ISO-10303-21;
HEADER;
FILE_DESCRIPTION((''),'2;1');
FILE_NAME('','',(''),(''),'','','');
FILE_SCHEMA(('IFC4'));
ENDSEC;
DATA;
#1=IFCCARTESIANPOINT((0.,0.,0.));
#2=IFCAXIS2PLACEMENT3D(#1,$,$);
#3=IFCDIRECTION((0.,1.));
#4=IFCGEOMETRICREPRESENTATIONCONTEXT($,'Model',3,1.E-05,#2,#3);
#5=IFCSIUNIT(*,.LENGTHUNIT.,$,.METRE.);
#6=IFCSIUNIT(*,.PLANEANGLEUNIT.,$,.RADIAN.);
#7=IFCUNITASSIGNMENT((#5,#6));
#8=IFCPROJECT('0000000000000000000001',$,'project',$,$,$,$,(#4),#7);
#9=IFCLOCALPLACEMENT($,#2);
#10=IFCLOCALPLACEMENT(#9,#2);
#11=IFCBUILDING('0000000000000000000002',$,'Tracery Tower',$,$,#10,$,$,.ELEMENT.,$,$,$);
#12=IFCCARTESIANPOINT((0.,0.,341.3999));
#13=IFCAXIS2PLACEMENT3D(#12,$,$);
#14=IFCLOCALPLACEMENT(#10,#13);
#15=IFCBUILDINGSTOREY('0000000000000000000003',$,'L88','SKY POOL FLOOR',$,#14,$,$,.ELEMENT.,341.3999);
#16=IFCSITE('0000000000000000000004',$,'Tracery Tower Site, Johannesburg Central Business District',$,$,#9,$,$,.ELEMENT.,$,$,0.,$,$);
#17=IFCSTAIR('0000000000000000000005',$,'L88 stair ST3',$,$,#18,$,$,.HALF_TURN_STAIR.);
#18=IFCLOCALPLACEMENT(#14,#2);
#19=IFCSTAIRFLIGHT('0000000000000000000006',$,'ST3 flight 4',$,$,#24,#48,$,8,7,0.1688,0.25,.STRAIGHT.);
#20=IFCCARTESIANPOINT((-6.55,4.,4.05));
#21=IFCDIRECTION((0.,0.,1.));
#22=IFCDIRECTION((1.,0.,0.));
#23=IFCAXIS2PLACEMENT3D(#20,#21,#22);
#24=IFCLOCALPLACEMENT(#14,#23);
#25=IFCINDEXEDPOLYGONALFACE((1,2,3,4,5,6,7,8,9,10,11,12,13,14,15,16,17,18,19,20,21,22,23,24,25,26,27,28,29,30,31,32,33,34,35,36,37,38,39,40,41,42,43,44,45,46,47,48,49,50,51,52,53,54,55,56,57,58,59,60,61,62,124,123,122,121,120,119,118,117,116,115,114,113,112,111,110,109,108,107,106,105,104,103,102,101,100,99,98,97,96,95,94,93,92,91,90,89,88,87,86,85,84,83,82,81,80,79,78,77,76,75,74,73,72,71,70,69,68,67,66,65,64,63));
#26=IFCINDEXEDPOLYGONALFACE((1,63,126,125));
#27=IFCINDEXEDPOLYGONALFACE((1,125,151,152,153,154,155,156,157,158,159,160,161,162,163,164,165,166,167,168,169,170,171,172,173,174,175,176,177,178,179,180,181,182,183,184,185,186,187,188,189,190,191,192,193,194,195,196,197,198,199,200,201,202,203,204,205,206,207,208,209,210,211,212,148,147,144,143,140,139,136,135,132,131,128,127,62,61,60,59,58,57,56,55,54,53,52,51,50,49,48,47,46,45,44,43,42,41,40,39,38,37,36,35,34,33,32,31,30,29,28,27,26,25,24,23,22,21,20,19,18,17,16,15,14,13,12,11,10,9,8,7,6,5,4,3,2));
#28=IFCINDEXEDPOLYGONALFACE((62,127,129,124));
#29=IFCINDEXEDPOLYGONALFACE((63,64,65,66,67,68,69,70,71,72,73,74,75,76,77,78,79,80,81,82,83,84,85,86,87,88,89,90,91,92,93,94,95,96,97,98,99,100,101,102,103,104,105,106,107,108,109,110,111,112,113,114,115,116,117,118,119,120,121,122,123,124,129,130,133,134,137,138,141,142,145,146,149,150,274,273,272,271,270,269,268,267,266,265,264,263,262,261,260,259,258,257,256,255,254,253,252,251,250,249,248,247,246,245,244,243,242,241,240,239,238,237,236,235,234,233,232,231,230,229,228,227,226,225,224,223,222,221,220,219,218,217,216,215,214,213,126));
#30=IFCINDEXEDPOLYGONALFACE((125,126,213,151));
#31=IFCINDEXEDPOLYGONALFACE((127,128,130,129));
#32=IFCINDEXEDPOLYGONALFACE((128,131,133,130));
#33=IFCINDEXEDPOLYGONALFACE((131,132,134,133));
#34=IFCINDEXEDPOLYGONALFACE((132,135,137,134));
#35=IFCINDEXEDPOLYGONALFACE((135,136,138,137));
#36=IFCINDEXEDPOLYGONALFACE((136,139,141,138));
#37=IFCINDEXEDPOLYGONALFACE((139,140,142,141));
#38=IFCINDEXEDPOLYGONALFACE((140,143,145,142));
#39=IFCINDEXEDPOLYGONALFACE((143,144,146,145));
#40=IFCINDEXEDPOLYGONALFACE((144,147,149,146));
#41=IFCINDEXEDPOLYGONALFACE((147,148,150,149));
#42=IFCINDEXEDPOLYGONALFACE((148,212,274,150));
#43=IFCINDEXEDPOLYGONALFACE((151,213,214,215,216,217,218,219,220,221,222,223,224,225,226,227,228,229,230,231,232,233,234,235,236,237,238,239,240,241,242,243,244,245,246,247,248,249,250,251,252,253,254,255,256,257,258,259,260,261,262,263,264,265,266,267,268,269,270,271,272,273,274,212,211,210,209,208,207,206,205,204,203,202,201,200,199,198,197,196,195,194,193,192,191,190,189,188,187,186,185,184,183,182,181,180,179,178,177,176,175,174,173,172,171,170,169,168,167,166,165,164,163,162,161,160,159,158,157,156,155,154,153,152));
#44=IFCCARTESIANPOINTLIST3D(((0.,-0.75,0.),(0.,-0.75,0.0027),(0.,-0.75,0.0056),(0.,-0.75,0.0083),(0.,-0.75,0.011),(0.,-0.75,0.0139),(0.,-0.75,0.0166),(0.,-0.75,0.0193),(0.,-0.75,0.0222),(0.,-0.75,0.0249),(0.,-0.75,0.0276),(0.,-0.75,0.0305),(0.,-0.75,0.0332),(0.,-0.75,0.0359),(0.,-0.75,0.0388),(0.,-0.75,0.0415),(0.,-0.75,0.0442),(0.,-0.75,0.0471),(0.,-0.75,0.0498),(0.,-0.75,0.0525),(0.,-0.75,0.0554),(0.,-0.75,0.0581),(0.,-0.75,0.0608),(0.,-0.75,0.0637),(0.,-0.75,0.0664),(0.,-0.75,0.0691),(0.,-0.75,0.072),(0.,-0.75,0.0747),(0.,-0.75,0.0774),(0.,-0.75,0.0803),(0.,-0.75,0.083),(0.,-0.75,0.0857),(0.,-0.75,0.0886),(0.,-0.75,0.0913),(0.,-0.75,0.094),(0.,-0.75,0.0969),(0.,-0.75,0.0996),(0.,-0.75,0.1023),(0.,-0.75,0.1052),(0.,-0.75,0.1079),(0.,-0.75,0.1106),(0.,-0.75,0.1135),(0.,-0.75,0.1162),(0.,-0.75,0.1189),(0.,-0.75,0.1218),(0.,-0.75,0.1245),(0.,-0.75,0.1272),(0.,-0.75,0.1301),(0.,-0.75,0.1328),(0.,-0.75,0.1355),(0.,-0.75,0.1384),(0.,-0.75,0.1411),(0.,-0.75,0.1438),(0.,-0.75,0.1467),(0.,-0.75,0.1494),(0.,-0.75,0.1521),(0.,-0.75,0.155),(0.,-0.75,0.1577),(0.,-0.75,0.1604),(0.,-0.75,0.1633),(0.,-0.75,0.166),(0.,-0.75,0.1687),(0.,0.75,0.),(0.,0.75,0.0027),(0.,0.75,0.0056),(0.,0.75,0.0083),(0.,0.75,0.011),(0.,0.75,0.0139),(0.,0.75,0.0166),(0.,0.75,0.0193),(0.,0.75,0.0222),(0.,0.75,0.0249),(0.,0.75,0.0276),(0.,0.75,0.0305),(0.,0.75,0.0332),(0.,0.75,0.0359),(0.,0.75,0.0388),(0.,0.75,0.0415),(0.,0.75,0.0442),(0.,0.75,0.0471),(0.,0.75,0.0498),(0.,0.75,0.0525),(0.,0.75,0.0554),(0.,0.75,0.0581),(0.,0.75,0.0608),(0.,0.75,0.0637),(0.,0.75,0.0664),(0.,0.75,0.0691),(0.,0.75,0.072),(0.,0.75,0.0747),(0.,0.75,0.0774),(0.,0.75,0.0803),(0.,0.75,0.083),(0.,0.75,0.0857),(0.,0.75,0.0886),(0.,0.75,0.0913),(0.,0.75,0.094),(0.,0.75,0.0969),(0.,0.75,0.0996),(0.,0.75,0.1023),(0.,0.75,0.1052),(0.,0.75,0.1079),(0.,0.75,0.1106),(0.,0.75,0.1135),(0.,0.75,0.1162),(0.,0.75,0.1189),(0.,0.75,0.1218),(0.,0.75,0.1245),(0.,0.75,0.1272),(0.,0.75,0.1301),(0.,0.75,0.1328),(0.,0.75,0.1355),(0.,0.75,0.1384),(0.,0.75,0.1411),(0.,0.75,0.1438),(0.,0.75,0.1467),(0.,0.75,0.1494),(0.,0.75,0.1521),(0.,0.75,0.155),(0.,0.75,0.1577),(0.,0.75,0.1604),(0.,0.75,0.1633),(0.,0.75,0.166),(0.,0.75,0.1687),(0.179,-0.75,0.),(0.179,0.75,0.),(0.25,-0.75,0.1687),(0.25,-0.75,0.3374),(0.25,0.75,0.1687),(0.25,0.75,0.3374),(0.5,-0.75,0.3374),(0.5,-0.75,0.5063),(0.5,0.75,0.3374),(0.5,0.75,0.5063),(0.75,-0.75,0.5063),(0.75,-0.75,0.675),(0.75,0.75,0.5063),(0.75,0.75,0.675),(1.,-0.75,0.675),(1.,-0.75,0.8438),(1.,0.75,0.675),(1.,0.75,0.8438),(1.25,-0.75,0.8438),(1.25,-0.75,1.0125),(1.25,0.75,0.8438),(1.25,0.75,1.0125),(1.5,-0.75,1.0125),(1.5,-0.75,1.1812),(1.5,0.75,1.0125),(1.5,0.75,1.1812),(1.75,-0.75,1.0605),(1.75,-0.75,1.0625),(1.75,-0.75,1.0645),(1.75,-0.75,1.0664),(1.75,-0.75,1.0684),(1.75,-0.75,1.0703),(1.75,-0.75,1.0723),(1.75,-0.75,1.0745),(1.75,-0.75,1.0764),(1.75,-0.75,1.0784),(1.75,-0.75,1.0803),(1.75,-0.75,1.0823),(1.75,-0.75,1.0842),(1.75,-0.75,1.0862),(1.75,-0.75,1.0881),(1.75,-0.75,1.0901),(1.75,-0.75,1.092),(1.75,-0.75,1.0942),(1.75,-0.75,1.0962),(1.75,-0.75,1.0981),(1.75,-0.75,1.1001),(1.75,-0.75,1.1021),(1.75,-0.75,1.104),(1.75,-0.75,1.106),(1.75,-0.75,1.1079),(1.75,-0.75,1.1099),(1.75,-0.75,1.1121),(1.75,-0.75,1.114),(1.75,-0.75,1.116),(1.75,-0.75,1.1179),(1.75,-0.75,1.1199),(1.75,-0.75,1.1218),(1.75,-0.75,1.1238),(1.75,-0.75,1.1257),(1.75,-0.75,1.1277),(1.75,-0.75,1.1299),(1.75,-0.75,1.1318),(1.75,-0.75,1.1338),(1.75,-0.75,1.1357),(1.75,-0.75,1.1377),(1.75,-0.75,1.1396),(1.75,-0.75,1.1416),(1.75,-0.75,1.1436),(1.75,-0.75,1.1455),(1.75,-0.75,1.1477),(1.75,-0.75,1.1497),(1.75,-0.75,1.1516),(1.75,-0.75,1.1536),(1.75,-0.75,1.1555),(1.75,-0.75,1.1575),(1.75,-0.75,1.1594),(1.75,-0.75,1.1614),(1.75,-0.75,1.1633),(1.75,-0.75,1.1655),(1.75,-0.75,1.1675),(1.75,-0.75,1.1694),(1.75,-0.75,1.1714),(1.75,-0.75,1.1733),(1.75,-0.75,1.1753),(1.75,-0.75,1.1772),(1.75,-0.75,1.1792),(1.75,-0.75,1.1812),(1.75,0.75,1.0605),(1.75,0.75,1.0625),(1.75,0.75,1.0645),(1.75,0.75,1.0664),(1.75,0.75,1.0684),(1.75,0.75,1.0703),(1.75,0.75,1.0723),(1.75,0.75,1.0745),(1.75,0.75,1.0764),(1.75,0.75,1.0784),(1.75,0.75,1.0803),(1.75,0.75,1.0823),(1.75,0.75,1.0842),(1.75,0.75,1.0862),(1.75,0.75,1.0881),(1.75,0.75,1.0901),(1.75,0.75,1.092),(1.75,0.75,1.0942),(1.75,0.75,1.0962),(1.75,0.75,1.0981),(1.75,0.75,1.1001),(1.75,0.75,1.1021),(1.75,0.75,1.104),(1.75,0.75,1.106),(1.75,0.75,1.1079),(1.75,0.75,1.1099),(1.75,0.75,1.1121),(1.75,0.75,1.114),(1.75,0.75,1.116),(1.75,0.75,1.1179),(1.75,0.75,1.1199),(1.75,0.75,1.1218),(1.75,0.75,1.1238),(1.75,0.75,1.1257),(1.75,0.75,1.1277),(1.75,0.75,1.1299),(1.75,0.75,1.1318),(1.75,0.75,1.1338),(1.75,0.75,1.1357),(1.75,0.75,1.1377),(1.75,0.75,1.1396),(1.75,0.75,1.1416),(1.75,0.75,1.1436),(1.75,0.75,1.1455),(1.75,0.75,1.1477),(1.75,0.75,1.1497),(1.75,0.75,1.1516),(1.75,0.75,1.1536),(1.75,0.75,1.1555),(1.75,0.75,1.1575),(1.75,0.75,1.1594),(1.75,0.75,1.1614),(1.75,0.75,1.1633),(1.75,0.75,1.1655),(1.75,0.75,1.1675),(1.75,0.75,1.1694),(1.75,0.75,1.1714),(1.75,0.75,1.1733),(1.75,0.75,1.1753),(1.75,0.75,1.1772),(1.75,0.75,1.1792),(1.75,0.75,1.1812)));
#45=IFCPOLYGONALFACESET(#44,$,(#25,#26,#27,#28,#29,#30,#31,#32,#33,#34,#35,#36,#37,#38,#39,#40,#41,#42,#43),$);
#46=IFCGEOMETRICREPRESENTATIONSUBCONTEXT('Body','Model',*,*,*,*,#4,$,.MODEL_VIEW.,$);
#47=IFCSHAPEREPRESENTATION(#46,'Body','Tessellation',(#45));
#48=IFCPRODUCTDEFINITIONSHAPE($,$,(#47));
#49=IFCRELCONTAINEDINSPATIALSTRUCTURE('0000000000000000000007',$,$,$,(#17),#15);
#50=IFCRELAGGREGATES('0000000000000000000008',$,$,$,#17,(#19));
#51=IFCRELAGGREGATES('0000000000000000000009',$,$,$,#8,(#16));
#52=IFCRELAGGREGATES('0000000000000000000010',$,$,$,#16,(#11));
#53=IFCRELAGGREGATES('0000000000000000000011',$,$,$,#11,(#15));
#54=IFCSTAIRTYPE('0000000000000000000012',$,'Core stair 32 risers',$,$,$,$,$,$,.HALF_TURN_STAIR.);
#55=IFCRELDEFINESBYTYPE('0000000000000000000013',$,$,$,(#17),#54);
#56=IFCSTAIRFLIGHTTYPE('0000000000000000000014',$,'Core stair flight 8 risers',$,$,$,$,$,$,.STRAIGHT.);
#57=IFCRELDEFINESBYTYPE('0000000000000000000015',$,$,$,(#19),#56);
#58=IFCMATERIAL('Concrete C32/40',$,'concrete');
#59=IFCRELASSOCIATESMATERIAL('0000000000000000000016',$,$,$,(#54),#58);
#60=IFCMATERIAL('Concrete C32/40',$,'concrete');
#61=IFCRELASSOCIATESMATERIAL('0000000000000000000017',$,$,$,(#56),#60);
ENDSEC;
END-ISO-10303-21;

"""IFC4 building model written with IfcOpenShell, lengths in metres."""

from ifc_helpers import new_model, si_unit, direction, frame, origin, place, context, subcontext, project, spatial, polyline, outline, extrude, material, type_object, element, aggregate, save


model = new_model("IFC4")

# Units and contexts
model_context = context("Model", 3, precision=1e-05, world=origin(), true_north=direction((0.0, 1.0)))
body_context = subcontext(model_context, "Body", "Model", "MODEL_VIEW")
ifc_project = project(units=[si_unit("LENGTHUNIT", "METRE"), si_unit("PLANEANGLEUNIT", "RADIAN")], contexts=[model_context])

# Site, building, storey
site_placement = place(None, origin())
site = spatial("IfcSite", under=ifc_project, at=site_placement, Name="Tracery Tower Site, Johannesburg Central Business District", CompositionType="ELEMENT", RefElevation=0.0)
building_placement = place(site_placement, origin())
building = spatial("IfcBuilding", under=site, at=building_placement, Name="Tracery Tower", CompositionType="ELEMENT")
storey_placement = place(building_placement, frame((0.0, 0.0, 341.3999)))
storey = spatial("IfcBuildingStorey", under=building, at=storey_placement, Name="L88", Description="SKY POOL FLOOR", CompositionType="ELEMENT", Elevation=341.3999)

# Shared definitions
ifc_material_1 = material(Name="Concrete C32/40", Category="concrete")
stair_type = type_object("IfcStairType", Name="Core stair 32 risers", PredefinedType="HALF_TURN_STAIR", material=ifc_material_1)

# Stair, stair flight
stair_1_placement = place(storey_placement, origin())
stair_1 = element("IfcStair", 1, at=stair_1_placement, inside=storey, type_object=stair_type, Name="L88 stair ST3", PredefinedType="HALF_TURN_STAIR")
ifc_material_2 = material(Name="Concrete C32/40", Category="concrete")
stair_flight_type = type_object("IfcStairFlightType", Name="Core stair flight 8 risers", PredefinedType="STRAIGHT", material=ifc_material_2)
stair_flight_1_placement = place(storey_placement, frame((-6.55, 4.0, 4.05), z_axis=(0.0, 0.0, 1.0), x_axis=(1.0, 0.0, 0.0)))
stair_flight_1 = element("IfcStairFlight", 2, at=stair_flight_1_placement, type_object=stair_flight_type, Name="ST3 flight 4", NumberOfRisers=8, NumberOfTreads=7, PredefinedType="STRAIGHT", RiserHeight=0.1688, TreadLength=0.25, context=body_context, shape_type="SweptSolid", body=[
    extrude(outline(polyline([(0.0, 0.0), (0.0, 0.0027), (0.0, 0.0056), (0.0, 0.0083), (0.0, 0.011), (0.0, 0.0139), (0.0, 0.0166), (0.0, 0.0193), (0.0, 0.0222), (0.0, 0.0249), (0.0, 0.0276), (0.0, 0.0305), (0.0, 0.0332), (0.0, 0.0359), (0.0, 0.0388), (0.0, 0.0415), (0.0, 0.0442), (0.0, 0.0471), (0.0, 0.0498), (0.0, 0.0525), (0.0, 0.0554), (0.0, 0.0581), (0.0, 0.0608), (0.0, 0.0637), (0.0, 0.0664), (0.0, 0.0691), (0.0, 0.072), (0.0, 0.0747), (0.0, 0.0774), (0.0, 0.0803), (0.0, 0.083), (0.0, 0.0857), (0.0, 0.0886), (0.0, 0.0913), (0.0, 0.094), (0.0, 0.0969), (0.0, 0.0996), (0.0, 0.1023), (0.0, 0.1052), (0.0, 0.1079), (0.0, 0.1106), (0.0, 0.1135), (0.0, 0.1162), (0.0, 0.1189), (0.0, 0.1218), (0.0, 0.1245), (0.0, 0.1272), (0.0, 0.1301), (0.0, 0.1328), (0.0, 0.1355), (0.0, 0.1384), (0.0, 0.1411), (0.0, 0.1438), (0.0, 0.1467), (0.0, 0.1494), (0.0, 0.1521), (0.0, 0.155), (0.0, 0.1577), (0.0, 0.1604), (0.0, 0.1633), (0.0, 0.166), (0.0, 0.1687), (0.25, 0.1687), (0.25, 0.3374), (0.5, 0.3374), (0.5, 0.5063), (0.75, 0.5063), (0.75, 0.675), (1.0, 0.675), (1.0, 0.8438), (1.25, 0.8438), (1.25, 1.0125), (1.5, 1.0125), (1.5, 1.1812), (1.75, 1.1812), (1.75, 1.1792), (1.75, 1.1772), (1.75, 1.1753), (1.75, 1.1733), (1.75, 1.1714), (1.75, 1.1694), (1.75, 1.1675), (1.75, 1.1655), (1.75, 1.1633), (1.75, 1.1614), (1.75, 1.1594), (1.75, 1.1575), (1.75, 1.1555), (1.75, 1.1536), (1.75, 1.1516), (1.75, 1.1497), (1.75, 1.1477), (1.75, 1.1455), (1.75, 1.1436), (1.75, 1.1416), (1.75, 1.1396), (1.75, 1.1377), (1.75, 1.1357), (1.75, 1.1338), (1.75, 1.1318), (1.75, 1.1299), (1.75, 1.1277), (1.75, 1.1257), (1.75, 1.1238), (1.75, 1.1218), (1.75, 1.1199), (1.75, 1.1179), (1.75, 1.116), (1.75, 1.114), (1.75, 1.1121), (1.75, 1.1099), (1.75, 1.1079), (1.75, 1.106), (1.75, 1.104), (1.75, 1.1021), (1.75, 1.1001), (1.75, 1.0981), (1.75, 1.0962), (1.75, 1.0942), (1.75, 1.092), (1.75, 1.0901), (1.75, 1.0881), (1.75, 1.0862), (1.75, 1.0842), (1.75, 1.0823), (1.75, 1.0803), (1.75, 1.0784), (1.75, 1.0764), (1.75, 1.0745), (1.75, 1.0723), (1.75, 1.0703), (1.75, 1.0684), (1.75, 1.0664), (1.75, 1.0645), (1.75, 1.0625), (1.75, 1.0605), (0.179, 0.0), (0.0, 0.0)])), frame((0.0, 0.75, 0.0), z_axis=(0.0, -1.0, 0.0), x_axis=(1.0, 0.0, 0.0)), (0.0, 0.0, 1.0), 1.5),
])
aggregate(stair_1, [stair_flight_1])

save(model, "model.ifc")
